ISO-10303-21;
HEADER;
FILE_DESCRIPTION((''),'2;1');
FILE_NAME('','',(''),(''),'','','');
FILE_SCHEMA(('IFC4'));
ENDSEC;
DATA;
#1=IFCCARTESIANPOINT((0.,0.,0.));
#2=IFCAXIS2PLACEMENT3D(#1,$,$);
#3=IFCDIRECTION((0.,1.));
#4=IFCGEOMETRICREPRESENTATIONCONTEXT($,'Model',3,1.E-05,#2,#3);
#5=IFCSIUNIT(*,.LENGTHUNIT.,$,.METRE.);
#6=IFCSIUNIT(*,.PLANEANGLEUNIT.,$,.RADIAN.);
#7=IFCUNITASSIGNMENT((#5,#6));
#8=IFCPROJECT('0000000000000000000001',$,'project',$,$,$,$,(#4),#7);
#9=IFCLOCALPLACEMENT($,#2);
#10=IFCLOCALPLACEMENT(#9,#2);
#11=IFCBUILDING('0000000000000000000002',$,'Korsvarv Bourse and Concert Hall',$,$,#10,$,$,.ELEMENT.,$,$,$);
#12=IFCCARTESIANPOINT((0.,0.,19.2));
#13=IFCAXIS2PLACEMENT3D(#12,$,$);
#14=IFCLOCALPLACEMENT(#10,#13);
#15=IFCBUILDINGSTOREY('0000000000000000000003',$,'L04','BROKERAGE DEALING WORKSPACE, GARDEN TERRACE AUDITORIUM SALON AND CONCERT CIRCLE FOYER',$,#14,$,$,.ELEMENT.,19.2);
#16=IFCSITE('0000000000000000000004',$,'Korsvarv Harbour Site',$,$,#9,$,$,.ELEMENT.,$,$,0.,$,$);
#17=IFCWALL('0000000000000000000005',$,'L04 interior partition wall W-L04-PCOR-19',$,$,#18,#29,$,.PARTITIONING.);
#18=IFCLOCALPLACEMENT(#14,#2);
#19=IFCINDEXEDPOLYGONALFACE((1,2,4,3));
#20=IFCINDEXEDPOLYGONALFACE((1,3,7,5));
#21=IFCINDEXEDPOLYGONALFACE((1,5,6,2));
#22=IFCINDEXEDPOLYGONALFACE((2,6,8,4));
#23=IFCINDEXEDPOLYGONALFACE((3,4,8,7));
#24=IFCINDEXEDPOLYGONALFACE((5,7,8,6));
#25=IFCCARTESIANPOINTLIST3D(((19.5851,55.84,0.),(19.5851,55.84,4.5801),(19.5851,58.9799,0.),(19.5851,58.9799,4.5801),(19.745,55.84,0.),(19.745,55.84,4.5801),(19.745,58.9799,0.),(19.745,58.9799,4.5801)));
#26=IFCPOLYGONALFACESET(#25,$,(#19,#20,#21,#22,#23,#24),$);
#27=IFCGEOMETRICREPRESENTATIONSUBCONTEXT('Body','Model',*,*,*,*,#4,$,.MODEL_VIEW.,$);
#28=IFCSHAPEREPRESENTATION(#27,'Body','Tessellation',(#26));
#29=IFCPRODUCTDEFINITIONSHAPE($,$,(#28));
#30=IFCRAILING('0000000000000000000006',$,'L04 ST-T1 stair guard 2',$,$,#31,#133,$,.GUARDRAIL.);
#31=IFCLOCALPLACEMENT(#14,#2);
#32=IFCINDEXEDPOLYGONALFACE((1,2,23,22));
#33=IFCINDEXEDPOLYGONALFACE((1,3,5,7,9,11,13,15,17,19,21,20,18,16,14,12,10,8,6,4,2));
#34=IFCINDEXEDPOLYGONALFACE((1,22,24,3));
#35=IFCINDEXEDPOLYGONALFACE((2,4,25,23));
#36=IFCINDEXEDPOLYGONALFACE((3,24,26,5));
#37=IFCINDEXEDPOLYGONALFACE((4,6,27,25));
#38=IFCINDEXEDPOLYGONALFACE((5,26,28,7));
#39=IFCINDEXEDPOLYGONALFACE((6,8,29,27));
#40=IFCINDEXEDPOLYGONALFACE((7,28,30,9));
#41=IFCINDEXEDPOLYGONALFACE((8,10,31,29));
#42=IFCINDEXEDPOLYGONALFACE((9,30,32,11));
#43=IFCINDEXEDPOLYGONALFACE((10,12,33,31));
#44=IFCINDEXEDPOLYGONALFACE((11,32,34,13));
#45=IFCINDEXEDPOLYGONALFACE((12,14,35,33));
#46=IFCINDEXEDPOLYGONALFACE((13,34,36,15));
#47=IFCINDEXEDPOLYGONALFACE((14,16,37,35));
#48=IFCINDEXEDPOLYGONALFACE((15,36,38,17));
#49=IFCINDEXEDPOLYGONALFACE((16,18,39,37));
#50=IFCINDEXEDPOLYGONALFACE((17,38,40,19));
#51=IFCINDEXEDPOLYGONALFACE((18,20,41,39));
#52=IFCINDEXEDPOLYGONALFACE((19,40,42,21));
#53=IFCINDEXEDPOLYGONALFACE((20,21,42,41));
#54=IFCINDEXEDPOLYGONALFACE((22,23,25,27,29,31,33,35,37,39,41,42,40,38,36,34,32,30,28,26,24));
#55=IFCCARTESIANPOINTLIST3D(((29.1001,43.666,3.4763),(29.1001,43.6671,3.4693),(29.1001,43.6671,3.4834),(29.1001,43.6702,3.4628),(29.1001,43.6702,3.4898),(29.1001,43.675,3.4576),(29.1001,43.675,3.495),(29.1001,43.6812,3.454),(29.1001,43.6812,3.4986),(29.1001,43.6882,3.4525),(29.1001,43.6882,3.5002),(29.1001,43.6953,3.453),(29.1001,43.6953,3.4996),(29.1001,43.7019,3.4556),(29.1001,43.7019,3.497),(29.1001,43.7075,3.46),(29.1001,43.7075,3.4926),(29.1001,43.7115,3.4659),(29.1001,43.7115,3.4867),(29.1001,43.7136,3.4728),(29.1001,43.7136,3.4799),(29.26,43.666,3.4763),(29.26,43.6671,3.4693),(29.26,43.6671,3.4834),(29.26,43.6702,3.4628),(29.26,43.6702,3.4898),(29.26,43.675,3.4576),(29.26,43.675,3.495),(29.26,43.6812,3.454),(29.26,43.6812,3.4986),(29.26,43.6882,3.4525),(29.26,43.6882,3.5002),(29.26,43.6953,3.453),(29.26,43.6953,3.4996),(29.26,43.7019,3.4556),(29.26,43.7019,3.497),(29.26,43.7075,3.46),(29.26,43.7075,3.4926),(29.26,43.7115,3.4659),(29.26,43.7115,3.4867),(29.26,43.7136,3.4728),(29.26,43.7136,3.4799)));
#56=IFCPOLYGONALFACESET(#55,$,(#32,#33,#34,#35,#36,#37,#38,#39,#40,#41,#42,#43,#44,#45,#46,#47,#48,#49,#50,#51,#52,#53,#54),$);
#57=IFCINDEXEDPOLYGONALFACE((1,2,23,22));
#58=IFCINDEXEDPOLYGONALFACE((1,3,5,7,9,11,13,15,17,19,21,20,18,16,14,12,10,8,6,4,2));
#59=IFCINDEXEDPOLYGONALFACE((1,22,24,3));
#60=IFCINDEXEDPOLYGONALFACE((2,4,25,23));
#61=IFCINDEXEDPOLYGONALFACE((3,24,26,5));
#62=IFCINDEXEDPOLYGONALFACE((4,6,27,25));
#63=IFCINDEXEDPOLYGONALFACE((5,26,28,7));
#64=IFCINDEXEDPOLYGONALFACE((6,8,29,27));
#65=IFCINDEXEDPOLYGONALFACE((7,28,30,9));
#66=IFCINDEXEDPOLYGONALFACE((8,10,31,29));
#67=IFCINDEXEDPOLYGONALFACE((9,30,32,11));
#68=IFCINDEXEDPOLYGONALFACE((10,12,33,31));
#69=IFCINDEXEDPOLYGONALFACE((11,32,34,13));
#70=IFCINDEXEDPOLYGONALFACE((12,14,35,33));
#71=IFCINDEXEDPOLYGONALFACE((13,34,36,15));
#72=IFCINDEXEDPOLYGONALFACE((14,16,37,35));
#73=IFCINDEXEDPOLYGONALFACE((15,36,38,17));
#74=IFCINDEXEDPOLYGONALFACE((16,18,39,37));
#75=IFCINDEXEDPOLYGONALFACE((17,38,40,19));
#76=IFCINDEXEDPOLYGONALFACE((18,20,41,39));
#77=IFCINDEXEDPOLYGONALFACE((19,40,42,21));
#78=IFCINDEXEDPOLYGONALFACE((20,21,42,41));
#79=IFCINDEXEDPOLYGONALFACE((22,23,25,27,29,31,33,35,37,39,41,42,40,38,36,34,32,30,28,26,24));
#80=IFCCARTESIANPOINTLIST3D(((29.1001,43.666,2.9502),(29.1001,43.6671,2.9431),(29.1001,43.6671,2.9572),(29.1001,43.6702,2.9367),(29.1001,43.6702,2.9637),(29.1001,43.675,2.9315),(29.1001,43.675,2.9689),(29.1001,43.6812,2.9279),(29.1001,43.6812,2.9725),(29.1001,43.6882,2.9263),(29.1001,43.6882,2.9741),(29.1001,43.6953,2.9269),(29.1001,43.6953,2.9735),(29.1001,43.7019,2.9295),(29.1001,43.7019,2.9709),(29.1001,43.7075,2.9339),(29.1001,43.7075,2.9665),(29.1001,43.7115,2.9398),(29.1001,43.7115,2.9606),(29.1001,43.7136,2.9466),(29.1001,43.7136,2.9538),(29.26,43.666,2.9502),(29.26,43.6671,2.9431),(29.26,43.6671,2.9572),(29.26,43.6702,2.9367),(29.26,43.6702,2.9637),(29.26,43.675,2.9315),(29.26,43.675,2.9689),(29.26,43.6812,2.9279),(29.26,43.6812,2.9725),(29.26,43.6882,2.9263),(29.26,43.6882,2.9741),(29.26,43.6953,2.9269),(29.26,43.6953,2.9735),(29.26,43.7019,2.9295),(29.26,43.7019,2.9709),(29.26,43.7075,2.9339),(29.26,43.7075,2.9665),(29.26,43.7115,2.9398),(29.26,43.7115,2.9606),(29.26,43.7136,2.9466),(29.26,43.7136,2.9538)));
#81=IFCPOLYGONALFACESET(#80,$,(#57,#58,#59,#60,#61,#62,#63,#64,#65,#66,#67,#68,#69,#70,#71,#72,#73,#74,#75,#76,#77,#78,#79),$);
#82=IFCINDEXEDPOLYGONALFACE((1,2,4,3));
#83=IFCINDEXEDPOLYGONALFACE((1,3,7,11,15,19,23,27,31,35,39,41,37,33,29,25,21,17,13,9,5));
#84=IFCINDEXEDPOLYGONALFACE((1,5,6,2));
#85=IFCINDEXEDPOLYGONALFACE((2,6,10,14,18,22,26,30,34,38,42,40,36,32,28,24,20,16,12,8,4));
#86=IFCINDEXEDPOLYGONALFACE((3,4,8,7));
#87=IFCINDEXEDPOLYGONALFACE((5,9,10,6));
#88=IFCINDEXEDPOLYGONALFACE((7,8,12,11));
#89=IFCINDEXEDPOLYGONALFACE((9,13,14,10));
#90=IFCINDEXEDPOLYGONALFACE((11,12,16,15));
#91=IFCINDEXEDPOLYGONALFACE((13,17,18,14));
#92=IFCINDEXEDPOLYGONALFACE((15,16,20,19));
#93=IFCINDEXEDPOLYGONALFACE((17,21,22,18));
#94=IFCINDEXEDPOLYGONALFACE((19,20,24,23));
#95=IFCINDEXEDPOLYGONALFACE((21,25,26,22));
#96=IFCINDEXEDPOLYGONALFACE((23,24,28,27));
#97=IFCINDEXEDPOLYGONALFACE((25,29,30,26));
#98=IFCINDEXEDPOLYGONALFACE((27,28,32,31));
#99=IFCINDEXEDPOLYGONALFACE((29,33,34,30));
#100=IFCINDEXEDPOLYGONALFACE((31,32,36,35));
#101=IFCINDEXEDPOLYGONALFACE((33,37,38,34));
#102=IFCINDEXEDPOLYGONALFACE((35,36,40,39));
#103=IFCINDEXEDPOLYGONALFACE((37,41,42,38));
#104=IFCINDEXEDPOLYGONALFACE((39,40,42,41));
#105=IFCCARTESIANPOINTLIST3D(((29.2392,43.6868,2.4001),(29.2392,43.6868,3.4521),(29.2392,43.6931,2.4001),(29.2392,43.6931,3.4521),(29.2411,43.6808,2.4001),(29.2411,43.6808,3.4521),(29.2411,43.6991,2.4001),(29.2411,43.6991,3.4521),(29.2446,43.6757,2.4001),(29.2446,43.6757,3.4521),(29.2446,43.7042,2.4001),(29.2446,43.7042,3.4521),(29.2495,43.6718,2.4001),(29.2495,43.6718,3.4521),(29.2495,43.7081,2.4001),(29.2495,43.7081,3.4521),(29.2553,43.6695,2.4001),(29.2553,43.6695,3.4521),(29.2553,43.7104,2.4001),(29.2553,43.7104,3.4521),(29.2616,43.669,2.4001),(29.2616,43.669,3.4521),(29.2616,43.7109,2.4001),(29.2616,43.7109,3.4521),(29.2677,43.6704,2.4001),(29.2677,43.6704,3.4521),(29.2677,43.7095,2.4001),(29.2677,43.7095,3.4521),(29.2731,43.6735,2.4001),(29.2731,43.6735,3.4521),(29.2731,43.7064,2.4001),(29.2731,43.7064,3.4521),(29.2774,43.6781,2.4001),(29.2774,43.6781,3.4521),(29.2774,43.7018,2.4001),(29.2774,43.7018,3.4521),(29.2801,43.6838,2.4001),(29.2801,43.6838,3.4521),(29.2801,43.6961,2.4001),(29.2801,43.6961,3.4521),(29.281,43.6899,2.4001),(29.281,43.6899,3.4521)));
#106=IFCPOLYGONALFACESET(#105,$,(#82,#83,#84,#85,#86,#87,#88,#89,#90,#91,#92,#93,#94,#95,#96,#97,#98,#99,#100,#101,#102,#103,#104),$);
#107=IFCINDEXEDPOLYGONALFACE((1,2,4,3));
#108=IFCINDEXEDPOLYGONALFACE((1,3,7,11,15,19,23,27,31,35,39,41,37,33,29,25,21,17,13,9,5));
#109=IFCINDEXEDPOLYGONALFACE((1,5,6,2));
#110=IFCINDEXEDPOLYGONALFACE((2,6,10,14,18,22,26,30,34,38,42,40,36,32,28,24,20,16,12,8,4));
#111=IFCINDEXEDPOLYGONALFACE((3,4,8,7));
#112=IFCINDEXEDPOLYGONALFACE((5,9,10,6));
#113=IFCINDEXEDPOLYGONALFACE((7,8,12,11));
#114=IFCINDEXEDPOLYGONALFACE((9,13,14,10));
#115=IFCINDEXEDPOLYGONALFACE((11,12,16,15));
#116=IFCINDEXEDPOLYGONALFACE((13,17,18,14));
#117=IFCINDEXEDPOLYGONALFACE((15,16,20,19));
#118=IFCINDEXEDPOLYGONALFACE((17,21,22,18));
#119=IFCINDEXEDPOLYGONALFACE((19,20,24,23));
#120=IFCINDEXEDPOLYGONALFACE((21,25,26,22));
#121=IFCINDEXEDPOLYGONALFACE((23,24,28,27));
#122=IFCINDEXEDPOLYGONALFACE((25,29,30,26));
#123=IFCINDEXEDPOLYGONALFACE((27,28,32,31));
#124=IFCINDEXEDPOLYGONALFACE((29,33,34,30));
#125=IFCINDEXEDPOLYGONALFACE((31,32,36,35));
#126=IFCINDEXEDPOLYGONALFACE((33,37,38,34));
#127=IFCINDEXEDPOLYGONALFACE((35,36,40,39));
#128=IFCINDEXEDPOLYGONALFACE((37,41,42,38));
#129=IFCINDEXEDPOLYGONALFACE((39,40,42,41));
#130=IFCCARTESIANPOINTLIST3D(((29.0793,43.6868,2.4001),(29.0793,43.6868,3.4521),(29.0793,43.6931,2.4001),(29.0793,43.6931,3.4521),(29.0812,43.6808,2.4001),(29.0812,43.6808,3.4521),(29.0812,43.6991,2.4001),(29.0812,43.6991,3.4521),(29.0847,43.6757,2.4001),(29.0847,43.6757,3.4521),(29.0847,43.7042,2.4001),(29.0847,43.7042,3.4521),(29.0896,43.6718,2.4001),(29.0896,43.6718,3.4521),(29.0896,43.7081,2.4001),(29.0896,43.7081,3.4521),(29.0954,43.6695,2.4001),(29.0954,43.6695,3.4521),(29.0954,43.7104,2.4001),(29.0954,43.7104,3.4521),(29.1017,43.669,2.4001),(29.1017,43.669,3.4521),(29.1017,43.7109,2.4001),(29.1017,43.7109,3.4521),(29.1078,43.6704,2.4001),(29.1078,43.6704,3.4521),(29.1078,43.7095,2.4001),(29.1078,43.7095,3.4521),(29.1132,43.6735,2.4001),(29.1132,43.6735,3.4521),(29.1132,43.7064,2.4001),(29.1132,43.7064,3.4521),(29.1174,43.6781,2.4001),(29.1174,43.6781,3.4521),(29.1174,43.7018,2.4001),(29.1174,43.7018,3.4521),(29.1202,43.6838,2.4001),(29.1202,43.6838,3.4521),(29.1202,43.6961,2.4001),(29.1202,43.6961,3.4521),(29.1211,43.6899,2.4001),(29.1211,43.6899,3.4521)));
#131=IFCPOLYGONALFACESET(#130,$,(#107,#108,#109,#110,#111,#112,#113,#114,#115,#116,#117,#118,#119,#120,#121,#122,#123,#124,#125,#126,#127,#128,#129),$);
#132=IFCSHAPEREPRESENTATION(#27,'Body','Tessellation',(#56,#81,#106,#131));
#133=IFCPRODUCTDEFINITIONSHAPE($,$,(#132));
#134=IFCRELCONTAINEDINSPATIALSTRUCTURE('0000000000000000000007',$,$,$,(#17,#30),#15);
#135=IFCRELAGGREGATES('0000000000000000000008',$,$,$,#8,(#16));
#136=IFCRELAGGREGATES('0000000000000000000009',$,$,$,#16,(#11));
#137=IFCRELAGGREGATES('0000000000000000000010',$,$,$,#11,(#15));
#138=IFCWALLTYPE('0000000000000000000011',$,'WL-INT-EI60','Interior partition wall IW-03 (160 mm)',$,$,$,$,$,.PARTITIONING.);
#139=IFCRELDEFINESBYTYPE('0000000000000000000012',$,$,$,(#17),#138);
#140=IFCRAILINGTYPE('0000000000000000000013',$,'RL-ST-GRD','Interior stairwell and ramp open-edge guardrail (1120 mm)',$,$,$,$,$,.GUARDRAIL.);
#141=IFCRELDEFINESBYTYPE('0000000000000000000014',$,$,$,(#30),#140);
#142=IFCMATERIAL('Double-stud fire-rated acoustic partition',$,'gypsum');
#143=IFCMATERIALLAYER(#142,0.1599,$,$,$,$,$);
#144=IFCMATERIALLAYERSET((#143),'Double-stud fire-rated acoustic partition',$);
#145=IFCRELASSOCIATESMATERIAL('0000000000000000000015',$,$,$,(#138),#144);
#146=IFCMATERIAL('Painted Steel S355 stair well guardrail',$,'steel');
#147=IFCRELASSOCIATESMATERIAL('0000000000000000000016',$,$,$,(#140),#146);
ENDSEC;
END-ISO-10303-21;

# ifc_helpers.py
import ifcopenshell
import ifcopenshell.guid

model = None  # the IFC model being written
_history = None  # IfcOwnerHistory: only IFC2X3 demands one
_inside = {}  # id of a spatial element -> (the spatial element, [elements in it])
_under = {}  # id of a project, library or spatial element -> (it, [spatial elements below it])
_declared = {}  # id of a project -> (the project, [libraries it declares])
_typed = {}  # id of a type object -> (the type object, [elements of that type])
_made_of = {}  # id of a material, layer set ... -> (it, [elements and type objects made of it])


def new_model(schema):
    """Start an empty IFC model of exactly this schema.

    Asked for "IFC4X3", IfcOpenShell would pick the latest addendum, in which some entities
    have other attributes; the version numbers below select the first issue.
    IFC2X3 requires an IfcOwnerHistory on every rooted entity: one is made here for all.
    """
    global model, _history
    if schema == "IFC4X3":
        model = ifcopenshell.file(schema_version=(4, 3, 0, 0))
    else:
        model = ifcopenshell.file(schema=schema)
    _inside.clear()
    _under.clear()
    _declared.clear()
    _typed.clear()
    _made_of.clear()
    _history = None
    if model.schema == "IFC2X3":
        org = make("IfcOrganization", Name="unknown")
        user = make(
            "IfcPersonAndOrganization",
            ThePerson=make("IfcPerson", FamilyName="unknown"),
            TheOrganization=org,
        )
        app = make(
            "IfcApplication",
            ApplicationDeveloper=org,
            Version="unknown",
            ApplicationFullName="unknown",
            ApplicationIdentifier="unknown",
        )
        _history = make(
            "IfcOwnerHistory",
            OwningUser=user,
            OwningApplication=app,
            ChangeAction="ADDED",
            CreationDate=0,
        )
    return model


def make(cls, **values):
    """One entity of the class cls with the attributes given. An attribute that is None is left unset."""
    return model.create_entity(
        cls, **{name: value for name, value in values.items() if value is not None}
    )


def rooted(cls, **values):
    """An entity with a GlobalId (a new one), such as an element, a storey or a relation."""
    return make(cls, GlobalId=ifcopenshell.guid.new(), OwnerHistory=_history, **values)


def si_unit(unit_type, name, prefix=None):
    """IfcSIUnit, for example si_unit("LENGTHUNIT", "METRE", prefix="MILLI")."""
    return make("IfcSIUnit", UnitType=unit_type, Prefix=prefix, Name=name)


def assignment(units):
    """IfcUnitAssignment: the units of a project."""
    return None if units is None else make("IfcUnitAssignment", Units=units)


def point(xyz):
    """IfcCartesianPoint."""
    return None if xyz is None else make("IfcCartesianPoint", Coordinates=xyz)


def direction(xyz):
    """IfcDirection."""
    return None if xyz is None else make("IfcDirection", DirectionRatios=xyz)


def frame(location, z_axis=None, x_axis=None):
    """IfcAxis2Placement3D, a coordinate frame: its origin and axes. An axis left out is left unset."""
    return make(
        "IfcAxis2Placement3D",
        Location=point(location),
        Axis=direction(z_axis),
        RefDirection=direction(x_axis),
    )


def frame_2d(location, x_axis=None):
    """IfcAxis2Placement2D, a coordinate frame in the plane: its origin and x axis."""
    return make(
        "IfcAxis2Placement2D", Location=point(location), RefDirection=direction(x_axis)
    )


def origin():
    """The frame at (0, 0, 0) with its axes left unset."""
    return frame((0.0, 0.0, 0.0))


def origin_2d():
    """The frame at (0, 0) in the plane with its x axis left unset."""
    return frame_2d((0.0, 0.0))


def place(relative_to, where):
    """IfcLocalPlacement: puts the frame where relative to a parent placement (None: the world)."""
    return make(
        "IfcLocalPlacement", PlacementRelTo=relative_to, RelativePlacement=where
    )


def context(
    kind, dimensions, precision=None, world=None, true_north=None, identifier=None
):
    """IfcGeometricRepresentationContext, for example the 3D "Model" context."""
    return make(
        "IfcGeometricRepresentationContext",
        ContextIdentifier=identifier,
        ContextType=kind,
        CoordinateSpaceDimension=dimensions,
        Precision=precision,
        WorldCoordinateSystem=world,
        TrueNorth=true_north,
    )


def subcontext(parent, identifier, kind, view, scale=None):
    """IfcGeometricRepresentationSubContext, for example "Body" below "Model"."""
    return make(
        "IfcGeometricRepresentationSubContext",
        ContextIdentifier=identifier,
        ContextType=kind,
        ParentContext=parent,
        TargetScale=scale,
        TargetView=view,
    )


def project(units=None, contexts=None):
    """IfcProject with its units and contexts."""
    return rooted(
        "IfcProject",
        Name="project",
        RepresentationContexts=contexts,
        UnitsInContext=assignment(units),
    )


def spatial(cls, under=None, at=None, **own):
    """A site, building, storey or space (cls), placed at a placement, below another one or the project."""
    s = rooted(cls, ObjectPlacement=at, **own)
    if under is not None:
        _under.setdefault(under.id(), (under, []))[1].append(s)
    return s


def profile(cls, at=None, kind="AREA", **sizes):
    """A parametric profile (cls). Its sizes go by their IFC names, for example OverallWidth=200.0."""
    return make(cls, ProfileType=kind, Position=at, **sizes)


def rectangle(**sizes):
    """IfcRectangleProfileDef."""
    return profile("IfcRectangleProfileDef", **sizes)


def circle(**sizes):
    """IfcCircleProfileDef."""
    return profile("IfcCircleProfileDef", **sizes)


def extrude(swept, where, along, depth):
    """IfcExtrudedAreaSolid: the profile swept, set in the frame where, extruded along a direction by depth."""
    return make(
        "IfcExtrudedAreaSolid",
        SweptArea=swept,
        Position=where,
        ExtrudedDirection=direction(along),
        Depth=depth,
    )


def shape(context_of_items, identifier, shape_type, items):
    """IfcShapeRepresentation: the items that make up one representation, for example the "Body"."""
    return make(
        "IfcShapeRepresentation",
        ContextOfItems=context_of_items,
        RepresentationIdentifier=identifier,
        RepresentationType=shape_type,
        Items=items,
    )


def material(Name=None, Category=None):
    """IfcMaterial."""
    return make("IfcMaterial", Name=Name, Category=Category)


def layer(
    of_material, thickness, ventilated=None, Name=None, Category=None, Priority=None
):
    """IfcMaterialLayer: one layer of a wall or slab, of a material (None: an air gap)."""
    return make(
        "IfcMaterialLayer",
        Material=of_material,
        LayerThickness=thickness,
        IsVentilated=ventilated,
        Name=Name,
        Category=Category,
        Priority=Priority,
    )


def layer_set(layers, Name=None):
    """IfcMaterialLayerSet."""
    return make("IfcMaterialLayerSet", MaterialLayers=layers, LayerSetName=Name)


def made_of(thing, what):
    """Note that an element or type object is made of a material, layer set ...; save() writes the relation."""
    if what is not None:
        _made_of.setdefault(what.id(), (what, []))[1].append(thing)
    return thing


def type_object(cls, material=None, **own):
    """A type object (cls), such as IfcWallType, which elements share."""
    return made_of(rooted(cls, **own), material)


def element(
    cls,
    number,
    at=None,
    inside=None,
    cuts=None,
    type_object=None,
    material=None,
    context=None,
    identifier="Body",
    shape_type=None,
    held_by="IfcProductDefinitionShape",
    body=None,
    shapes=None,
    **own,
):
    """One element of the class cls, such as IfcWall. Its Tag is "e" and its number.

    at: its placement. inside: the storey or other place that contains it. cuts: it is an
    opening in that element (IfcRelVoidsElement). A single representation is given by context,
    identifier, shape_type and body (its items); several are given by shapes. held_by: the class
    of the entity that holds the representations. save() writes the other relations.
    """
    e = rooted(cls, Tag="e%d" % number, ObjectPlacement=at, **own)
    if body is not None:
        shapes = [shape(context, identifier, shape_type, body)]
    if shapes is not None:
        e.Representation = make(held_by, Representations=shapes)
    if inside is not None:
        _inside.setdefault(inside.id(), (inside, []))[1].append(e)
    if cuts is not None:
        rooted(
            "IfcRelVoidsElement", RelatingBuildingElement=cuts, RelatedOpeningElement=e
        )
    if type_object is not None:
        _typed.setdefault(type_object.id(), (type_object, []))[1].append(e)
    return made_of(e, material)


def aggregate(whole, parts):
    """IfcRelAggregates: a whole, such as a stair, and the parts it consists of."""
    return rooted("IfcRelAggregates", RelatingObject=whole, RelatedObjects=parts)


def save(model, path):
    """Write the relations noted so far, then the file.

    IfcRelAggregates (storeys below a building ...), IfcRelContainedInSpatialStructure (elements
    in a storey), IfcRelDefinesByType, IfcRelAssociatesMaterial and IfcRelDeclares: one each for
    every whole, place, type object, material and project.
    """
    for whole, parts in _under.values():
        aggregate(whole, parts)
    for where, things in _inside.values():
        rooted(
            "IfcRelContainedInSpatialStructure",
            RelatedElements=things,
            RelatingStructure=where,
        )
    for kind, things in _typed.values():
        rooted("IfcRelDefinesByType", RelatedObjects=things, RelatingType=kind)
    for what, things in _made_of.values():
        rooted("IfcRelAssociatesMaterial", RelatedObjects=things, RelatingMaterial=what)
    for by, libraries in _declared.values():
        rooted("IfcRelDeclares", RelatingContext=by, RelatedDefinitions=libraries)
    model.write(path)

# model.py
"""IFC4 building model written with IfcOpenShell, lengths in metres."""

from ifc_helpers import new_model, si_unit, direction, frame, frame_2d, origin, origin_2d, place, context, subcontext, project, spatial, rectangle, circle, extrude, material, layer, layer_set, type_object, element, save


model = new_model("IFC4")

# Units and contexts
model_context = context("Model", 3, precision=1e-05, world=origin(), true_north=direction((0.0, 1.0)))
body_context = subcontext(model_context, "Body", "Model", "MODEL_VIEW")
ifc_project = project(units=[si_unit("LENGTHUNIT", "METRE"), si_unit("PLANEANGLEUNIT", "RADIAN")], contexts=[model_context])

# Site, building, storey
site_placement = place(None, origin())
site = spatial("IfcSite", under=ifc_project, at=site_placement, Name="Korsvarv Harbour Site", CompositionType="ELEMENT", RefElevation=0.0)
building_placement = place(site_placement, origin())
building = spatial("IfcBuilding", under=site, at=building_placement, Name="Korsvarv Bourse and Concert Hall", CompositionType="ELEMENT")
storey_placement = place(building_placement, frame((0.0, 0.0, 19.2)))
storey = spatial("IfcBuildingStorey", under=building, at=storey_placement, Name="L04", Description="BROKERAGE DEALING WORKSPACE, GARDEN TERRACE AUDITORIUM SALON AND CONCERT CIRCLE FOYER", CompositionType="ELEMENT", Elevation=19.2)

# Shared definitions
ifc_material_1 = material(Name="Double-stud fire-rated acoustic partition", Category="gypsum")
ifc_layer_1 = layer(ifc_material_1, 0.1599)
ifc_layer_set_1 = layer_set([ifc_layer_1], Name="Double-stud fire-rated acoustic partition")
wall_type_1 = type_object("IfcWallType", Name="WL-INT-EI60", Description="Interior partition wall IW-03 (160 mm)", PredefinedType="PARTITIONING", material=ifc_layer_set_1)

# Wall
wall_1_placement = place(storey_placement, frame((19.665, 55.8401, 0.0), z_axis=(0.0, 0.0, 1.0), x_axis=(0.0, 1.0, 0.0)))
element("IfcWall", 1, at=wall_1_placement, inside=storey, type_object=wall_type_1, Name="L04 interior partition wall W-L04-PCOR-19", PredefinedType="PARTITIONING", context=body_context, shape_type="SweptSolid", body=[
    extrude(rectangle(XDim=3.1399, YDim=0.1599, at=frame_2d((1.5698, 0.0))), origin(), (0.0, 0.0, 1.0), 4.5801),
])

# Railing
ifc_material_2 = material(Name="Painted Steel S355 stair well guardrail", Category="steel")
railing_type = type_object("IfcRailingType", Name="RL-ST-GRD", Description="Interior stairwell and ramp open-edge guardrail (1120 mm)", PredefinedType="GUARDRAIL", material=ifc_material_2)
railing_1_placement = place(storey_placement, frame((29.26, 43.6899, 2.4001)))
element("IfcRailing", 2, at=railing_1_placement, inside=storey, type_object=railing_type, Name="L04 ST-T1 stair guard 2", PredefinedType="GUARDRAIL", context=body_context, shape_type="SweptSolid", body=[
    extrude(circle(Radius=0.0239, at=origin_2d()), frame((0.0, 0.0, 1.0762), z_axis=(-1.0, 0.0, 0.0), x_axis=(0.0, -1.0, 0.0)), (0.0, 0.0, 1.0), 0.1599),
    extrude(circle(Radius=0.0239, at=origin_2d()), frame((0.0, 0.0, 0.55), z_axis=(-1.0, 0.0, 0.0), x_axis=(0.0, -1.0, 0.0)), (0.0, 0.0, 1.0), 0.1599),
    extrude(circle(Radius=0.021, at=origin_2d()), origin(), (0.0, 0.0, 1.0), 1.052),
    extrude(circle(Radius=0.021, at=origin_2d()), frame((-0.1599, 0.0, 0.0)), (0.0, 0.0, 1.0), 1.052),
])

save(model, "model.ifc")
